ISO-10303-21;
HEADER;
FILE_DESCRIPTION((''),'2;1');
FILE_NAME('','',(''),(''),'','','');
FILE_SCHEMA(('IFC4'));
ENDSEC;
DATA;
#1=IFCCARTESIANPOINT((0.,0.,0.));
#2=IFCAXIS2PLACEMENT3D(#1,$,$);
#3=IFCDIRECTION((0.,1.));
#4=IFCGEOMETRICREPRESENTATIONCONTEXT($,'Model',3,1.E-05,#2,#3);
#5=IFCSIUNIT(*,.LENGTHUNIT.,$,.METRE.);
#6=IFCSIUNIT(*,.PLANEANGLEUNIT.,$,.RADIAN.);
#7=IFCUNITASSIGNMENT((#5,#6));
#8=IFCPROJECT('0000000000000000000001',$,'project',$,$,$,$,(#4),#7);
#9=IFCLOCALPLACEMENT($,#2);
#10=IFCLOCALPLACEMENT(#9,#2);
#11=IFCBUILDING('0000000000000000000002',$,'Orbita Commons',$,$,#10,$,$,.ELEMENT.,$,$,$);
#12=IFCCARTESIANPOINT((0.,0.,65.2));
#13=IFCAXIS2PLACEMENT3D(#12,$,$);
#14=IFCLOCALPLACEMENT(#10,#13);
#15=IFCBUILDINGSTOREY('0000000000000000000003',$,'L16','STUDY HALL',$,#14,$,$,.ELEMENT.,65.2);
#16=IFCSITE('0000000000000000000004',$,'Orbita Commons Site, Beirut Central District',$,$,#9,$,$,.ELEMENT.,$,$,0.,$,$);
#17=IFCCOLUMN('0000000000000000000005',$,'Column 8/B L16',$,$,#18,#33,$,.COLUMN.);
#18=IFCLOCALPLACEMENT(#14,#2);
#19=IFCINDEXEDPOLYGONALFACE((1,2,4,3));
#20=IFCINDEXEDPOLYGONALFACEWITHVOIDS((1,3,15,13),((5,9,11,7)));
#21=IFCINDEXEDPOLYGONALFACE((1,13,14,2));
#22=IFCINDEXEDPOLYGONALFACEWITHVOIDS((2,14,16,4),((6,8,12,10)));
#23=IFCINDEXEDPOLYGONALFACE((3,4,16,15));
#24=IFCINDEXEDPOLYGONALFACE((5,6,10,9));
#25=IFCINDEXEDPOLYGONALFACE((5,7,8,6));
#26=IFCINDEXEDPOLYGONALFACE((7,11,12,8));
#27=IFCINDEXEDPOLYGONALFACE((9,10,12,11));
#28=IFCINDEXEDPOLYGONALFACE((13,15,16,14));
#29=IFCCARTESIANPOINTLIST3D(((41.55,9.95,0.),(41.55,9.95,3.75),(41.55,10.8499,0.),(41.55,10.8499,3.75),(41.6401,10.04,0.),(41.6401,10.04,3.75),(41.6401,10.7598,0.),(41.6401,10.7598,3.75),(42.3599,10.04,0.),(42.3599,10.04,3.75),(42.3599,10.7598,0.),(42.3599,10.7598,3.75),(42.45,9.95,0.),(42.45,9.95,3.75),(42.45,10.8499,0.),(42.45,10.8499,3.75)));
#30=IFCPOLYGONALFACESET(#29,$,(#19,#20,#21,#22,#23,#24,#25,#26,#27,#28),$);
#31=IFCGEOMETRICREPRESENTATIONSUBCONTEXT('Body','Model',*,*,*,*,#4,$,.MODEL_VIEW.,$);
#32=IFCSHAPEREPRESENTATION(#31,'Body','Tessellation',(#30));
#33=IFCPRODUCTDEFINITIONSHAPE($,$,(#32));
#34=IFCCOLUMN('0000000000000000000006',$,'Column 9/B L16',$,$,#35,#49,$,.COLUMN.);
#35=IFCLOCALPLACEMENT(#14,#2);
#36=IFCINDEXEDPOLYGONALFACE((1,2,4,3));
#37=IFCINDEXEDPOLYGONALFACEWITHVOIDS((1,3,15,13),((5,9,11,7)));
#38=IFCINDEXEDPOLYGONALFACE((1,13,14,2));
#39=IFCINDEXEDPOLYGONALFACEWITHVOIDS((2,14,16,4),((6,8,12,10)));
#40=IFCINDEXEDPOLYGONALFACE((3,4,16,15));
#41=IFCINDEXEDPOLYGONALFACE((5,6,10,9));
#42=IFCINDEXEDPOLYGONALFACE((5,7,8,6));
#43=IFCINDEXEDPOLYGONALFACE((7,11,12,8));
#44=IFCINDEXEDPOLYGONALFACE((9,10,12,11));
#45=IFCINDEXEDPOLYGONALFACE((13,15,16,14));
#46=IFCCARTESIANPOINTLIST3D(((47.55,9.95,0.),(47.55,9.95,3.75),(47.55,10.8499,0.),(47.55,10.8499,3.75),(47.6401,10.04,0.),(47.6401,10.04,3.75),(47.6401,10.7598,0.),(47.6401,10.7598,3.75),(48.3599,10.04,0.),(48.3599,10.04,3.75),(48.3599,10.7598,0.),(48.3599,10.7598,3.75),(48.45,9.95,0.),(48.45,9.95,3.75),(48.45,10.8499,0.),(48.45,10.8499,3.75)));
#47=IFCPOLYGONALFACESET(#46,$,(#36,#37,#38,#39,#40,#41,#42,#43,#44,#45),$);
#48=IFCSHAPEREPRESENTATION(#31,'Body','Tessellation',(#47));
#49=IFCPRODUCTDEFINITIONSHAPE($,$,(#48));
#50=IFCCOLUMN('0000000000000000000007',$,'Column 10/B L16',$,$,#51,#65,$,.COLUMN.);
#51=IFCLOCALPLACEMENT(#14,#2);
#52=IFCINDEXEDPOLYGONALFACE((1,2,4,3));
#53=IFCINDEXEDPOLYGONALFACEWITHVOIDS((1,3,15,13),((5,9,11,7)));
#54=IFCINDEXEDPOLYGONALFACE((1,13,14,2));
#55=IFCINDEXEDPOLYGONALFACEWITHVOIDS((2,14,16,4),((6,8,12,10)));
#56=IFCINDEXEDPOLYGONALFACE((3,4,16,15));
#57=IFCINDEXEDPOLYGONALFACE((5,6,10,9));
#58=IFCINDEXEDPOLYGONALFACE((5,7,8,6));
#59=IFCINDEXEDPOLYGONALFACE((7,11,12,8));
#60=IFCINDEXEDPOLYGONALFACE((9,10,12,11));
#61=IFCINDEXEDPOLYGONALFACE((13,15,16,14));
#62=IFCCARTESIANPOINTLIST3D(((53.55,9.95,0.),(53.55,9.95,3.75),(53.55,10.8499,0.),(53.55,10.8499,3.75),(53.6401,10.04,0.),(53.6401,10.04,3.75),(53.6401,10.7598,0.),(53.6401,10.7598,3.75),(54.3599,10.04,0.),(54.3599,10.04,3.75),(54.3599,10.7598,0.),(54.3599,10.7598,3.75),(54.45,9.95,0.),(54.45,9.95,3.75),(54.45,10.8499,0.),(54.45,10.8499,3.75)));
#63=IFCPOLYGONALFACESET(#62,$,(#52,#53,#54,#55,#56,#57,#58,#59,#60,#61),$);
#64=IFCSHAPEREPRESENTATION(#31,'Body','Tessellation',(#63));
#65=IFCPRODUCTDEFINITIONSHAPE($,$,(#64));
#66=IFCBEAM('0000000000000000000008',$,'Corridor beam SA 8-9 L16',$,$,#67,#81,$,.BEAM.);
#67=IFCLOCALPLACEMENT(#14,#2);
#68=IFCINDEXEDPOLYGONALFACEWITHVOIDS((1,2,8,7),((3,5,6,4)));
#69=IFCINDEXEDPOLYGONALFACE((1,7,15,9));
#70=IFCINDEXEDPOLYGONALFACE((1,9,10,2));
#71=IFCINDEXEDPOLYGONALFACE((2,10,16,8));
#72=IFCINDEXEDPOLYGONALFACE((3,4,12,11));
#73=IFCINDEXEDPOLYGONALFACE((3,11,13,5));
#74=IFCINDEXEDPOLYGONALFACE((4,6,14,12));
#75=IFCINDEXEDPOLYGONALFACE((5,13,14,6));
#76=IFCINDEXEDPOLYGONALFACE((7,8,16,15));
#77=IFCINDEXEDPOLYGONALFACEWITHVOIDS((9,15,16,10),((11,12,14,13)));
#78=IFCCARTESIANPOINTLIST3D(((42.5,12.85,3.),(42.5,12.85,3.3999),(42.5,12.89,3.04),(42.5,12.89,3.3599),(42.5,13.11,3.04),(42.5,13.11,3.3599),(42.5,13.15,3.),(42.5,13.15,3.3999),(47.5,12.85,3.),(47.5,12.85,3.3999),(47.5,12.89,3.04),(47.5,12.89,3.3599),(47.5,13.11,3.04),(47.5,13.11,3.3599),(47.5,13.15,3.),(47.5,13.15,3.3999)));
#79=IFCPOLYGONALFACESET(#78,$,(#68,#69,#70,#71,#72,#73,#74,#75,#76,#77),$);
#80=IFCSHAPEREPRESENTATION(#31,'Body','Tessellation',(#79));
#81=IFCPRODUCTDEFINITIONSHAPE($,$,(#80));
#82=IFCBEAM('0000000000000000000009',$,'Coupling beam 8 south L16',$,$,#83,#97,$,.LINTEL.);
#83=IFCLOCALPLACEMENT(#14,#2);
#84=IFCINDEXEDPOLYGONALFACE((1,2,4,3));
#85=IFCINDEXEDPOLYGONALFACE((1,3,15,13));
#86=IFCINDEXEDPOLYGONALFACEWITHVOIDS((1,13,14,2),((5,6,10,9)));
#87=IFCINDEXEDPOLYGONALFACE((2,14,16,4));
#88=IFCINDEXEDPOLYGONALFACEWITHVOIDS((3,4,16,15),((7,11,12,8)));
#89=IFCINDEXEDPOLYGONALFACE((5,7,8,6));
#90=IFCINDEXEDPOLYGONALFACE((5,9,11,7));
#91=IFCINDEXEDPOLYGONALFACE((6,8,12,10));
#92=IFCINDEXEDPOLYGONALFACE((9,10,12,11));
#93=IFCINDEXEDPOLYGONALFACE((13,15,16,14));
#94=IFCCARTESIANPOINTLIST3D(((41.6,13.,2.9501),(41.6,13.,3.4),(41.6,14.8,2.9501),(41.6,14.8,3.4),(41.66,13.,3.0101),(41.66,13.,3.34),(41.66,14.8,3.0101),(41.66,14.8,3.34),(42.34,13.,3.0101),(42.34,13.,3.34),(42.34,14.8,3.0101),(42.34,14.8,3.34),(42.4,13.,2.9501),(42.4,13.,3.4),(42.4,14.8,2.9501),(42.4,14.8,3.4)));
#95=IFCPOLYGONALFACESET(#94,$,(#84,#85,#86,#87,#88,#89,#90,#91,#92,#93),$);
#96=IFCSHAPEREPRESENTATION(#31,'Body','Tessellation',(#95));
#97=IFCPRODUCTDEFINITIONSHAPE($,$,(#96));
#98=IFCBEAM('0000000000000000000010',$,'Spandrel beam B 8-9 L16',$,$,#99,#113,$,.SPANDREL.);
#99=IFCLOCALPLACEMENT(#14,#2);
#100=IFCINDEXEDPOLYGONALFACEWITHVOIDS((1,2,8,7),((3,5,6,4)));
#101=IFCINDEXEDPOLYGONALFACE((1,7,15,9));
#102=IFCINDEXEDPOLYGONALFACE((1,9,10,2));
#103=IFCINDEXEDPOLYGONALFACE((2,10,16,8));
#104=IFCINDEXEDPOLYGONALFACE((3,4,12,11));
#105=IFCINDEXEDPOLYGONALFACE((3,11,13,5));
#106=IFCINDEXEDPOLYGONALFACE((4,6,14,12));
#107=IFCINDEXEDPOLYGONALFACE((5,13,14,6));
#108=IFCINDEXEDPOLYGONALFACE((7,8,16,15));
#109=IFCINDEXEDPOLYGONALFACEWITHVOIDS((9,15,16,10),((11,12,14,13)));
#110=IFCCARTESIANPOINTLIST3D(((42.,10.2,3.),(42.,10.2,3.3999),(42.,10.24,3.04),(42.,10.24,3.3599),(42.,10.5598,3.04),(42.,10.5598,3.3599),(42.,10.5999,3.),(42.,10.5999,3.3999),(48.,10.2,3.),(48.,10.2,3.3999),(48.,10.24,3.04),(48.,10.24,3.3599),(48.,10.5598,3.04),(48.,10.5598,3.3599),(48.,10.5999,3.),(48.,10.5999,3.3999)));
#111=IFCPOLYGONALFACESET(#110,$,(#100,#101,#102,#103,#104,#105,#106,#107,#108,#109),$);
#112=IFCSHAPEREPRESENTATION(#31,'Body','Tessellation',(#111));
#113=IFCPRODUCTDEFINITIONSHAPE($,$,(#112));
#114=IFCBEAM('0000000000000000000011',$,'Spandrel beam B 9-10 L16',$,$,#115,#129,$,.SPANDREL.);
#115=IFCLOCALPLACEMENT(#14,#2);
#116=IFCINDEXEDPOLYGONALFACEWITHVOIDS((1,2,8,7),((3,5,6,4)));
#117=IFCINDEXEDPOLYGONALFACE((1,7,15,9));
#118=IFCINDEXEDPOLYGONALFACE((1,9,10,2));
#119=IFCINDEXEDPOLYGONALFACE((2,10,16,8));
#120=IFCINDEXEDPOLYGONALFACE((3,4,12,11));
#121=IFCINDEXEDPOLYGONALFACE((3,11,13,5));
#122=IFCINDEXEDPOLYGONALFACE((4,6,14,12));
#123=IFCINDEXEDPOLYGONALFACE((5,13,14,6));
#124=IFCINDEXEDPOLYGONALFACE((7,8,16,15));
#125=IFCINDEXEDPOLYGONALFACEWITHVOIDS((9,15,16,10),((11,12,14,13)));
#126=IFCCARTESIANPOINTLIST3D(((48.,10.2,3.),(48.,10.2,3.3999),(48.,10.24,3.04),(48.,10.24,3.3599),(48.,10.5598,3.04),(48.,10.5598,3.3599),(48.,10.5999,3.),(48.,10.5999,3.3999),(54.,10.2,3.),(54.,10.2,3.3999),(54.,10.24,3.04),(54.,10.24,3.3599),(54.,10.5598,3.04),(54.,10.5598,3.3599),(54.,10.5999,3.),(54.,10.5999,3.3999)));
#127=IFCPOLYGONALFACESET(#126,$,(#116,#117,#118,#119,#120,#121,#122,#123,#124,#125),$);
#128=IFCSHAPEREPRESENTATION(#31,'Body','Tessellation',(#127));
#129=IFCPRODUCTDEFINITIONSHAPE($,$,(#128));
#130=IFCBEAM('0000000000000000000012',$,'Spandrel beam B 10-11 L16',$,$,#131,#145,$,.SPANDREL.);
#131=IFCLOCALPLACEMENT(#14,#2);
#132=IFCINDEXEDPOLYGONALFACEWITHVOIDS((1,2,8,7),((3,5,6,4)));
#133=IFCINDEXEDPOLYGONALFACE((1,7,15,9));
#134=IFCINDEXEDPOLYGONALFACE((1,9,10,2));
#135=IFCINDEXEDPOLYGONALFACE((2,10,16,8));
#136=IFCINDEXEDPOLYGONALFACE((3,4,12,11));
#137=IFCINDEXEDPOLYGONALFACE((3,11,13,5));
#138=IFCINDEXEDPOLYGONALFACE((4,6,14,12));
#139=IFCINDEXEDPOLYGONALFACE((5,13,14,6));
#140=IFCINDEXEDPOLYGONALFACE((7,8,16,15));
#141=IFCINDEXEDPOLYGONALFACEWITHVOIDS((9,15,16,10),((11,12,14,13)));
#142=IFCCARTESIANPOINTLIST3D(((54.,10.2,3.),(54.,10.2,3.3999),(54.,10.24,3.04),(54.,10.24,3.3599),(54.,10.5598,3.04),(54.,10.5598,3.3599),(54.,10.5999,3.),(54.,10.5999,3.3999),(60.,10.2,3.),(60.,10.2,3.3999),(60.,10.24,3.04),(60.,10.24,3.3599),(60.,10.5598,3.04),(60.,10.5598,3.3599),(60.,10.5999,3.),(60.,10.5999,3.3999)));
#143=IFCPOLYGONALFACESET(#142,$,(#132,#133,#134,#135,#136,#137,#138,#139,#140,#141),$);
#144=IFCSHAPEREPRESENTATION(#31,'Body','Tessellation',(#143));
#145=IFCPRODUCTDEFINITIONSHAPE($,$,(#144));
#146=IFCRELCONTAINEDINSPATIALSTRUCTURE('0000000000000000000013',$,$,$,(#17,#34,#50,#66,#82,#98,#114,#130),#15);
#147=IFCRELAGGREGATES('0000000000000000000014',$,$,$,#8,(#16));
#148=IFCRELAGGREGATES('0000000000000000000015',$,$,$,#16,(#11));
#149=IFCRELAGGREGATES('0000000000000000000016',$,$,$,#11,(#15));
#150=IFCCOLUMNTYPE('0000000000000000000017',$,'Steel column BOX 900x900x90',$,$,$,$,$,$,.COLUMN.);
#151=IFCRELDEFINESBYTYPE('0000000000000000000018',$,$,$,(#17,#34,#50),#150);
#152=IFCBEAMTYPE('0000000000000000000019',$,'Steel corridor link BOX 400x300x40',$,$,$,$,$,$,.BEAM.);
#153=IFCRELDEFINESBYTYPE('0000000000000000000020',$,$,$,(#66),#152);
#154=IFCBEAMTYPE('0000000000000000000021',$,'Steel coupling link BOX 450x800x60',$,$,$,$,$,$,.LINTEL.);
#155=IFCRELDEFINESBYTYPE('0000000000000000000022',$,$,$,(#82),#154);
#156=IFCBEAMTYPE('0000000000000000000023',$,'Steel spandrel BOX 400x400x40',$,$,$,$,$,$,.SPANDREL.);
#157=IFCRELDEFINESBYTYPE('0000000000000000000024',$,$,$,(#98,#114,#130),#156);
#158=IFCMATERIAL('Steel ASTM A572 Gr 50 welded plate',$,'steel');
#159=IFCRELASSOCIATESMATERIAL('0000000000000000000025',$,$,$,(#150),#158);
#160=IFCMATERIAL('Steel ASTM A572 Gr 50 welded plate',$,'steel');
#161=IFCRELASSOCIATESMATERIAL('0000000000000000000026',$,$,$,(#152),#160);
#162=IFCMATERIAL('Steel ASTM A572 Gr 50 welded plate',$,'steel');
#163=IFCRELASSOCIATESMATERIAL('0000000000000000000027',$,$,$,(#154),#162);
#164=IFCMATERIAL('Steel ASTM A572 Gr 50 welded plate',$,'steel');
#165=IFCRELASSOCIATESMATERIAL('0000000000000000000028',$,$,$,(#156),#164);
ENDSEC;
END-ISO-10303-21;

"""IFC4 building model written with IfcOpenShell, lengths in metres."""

from ifc_helpers import new_model, si_unit, direction, frame, origin, origin_2d, place, context, subcontext, project, spatial, hollow_rectangle, extrude, material, material_profile, profile_set, type_object, element, save


model = new_model("IFC4")

# Units and contexts
model_context = context("Model", 3, precision=1e-05, world=origin(), true_north=direction((0.0, 1.0)))
body_context = subcontext(model_context, "Body", "Model", "MODEL_VIEW")
ifc_project = project(units=[si_unit("LENGTHUNIT", "METRE"), si_unit("PLANEANGLEUNIT", "RADIAN")], contexts=[model_context])

# Site, building, storey
site_placement = place(None, origin())
site = spatial("IfcSite", under=ifc_project, at=site_placement, Name="Orbita Commons Site, Beirut Central District", CompositionType="ELEMENT", RefElevation=0.0)
building_placement = place(site_placement, origin())
building = spatial("IfcBuilding", under=site, at=building_placement, Name="Orbita Commons", CompositionType="ELEMENT")
storey_placement = place(building_placement, frame((0.0, 0.0, 65.2)))
storey = spatial("IfcBuildingStorey", under=building, at=storey_placement, Name="L16", Description="STUDY HALL", CompositionType="ELEMENT", Elevation=65.2)

# Columns
ifc_material_1 = material(Name="Steel ASTM A572 Gr 50 welded plate", Category="steel")
ifc_material_profile_1 = material_profile(ifc_material_1, hollow_rectangle(XDim=0.8999, YDim=0.8999, WallThickness=0.0901, at=origin_2d()), Name="BOX 900x900x90")
ifc_profile_set_1 = profile_set([ifc_material_profile_1], Name="Steel ASTM A572 Gr 50 welded plate")
column_type = type_object("IfcColumnType", Name="Steel column BOX 900x900x90", PredefinedType="COLUMN", material=ifc_profile_set_1)
for number, where, z_axis, x_axis, name in (
    (1, (42.0, 10.3999, 0.0), (0.0, 0.0, 1.0), (1.0, 0.0, 0.0), "Column 8/B L16"),
    (2, (48.0, 10.3999, 0.0), (0.0, 0.0, 1.0), (1.0, 0.0, 0.0), "Column 9/B L16"),
    (3, (54.0, 10.3999, 0.0), (0.0, 0.0, 1.0), (1.0, 0.0, 0.0), "Column 10/B L16"),
):
    element("IfcColumn", number, at=place(storey_placement, frame(where, z_axis=z_axis, x_axis=x_axis)), inside=storey, type_object=column_type, Name=name, PredefinedType="COLUMN", context=body_context, shape_type="SweptSolid", body=[
        extrude(hollow_rectangle(XDim=0.8999, YDim=0.8999, WallThickness=0.0901, at=origin_2d()), origin(), (0.0, 0.0, 1.0), 3.75),
    ])

# Beams
ifc_material_2 = material(Name="Steel ASTM A572 Gr 50 welded plate", Category="steel")
ifc_material_profile_2 = material_profile(ifc_material_2, hollow_rectangle(XDim=0.3, YDim=0.3999, WallThickness=0.04, at=origin_2d()), Name="BOX 400x300x40")
ifc_profile_set_2 = profile_set([ifc_material_profile_2], Name="Steel ASTM A572 Gr 50 welded plate")
beam_type_1 = type_object("IfcBeamType", Name="Steel corridor link BOX 400x300x40", PredefinedType="BEAM", material=ifc_profile_set_2)
beam_1_placement = place(storey_placement, frame((42.5, 13.0, 3.2), z_axis=(1.0, 0.0, 0.0), x_axis=(0.0, 1.0, 0.0)))
element("IfcBeam", 4, at=beam_1_placement, inside=storey, type_object=beam_type_1, Name="Corridor beam SA 8-9 L16", PredefinedType="BEAM", context=body_context, shape_type="SweptSolid", body=[
    extrude(hollow_rectangle(XDim=0.3, YDim=0.3999, WallThickness=0.04, at=origin_2d()), origin(), (0.0, 0.0, 1.0), 5.0),
])
ifc_material_3 = material(Name="Steel ASTM A572 Gr 50 welded plate", Category="steel")
ifc_material_profile_3 = material_profile(ifc_material_3, hollow_rectangle(XDim=0.8, YDim=0.45, WallThickness=0.0601, at=origin_2d()), Name="BOX 450x800x60")
ifc_profile_set_3 = profile_set([ifc_material_profile_3], Name="Steel ASTM A572 Gr 50 welded plate")
beam_type_2 = type_object("IfcBeamType", Name="Steel coupling link BOX 450x800x60", PredefinedType="LINTEL", material=ifc_profile_set_3)
beam_2_placement = place(storey_placement, frame((42.0, 13.0, 3.175), z_axis=(0.0, 1.0, 0.0), x_axis=(-1.0, 0.0, 0.0)))
element("IfcBeam", 5, at=beam_2_placement, inside=storey, type_object=beam_type_2, Name="Coupling beam 8 south L16", PredefinedType="LINTEL", context=body_context, shape_type="SweptSolid", body=[
    extrude(hollow_rectangle(XDim=0.8, YDim=0.45, WallThickness=0.0601, at=origin_2d()), origin(), (0.0, 0.0, 1.0), 1.8),
])
ifc_material_4 = material(Name="Steel ASTM A572 Gr 50 welded plate", Category="steel")
ifc_material_profile_4 = material_profile(ifc_material_4, hollow_rectangle(XDim=0.3999, YDim=0.3999, WallThickness=0.04, at=origin_2d()), Name="BOX 400x400x40")
ifc_profile_set_4 = profile_set([ifc_material_profile_4], Name="Steel ASTM A572 Gr 50 welded plate")
beam_type_3 = type_object("IfcBeamType", Name="Steel spandrel BOX 400x400x40", PredefinedType="SPANDREL", material=ifc_profile_set_4)
for number, where, z_axis, x_axis, name in (
    (6, (42.0, 10.3999, 3.2), (1.0, 0.0, 0.0), (0.0, 1.0, 0.0), "Spandrel beam B 8-9 L16"),
    (7, (48.0, 10.3999, 3.2), (1.0, 0.0, 0.0), (0.0, 1.0, 0.0), "Spandrel beam B 9-10 L16"),
    (8, (54.0, 10.3999, 3.2), (1.0, 0.0, 0.0), (0.0, 1.0, 0.0), "Spandrel beam B 10-11 L16"),
):
    element("IfcBeam", number, at=place(storey_placement, frame(where, z_axis=z_axis, x_axis=x_axis)), inside=storey, type_object=beam_type_3, Name=name, PredefinedType="SPANDREL", context=body_context, shape_type="SweptSolid", body=[
        extrude(hollow_rectangle(XDim=0.3999, YDim=0.3999, WallThickness=0.04, at=origin_2d()), origin(), (0.0, 0.0, 1.0), 6.0),
    ])

save(model, "model.ifc")
